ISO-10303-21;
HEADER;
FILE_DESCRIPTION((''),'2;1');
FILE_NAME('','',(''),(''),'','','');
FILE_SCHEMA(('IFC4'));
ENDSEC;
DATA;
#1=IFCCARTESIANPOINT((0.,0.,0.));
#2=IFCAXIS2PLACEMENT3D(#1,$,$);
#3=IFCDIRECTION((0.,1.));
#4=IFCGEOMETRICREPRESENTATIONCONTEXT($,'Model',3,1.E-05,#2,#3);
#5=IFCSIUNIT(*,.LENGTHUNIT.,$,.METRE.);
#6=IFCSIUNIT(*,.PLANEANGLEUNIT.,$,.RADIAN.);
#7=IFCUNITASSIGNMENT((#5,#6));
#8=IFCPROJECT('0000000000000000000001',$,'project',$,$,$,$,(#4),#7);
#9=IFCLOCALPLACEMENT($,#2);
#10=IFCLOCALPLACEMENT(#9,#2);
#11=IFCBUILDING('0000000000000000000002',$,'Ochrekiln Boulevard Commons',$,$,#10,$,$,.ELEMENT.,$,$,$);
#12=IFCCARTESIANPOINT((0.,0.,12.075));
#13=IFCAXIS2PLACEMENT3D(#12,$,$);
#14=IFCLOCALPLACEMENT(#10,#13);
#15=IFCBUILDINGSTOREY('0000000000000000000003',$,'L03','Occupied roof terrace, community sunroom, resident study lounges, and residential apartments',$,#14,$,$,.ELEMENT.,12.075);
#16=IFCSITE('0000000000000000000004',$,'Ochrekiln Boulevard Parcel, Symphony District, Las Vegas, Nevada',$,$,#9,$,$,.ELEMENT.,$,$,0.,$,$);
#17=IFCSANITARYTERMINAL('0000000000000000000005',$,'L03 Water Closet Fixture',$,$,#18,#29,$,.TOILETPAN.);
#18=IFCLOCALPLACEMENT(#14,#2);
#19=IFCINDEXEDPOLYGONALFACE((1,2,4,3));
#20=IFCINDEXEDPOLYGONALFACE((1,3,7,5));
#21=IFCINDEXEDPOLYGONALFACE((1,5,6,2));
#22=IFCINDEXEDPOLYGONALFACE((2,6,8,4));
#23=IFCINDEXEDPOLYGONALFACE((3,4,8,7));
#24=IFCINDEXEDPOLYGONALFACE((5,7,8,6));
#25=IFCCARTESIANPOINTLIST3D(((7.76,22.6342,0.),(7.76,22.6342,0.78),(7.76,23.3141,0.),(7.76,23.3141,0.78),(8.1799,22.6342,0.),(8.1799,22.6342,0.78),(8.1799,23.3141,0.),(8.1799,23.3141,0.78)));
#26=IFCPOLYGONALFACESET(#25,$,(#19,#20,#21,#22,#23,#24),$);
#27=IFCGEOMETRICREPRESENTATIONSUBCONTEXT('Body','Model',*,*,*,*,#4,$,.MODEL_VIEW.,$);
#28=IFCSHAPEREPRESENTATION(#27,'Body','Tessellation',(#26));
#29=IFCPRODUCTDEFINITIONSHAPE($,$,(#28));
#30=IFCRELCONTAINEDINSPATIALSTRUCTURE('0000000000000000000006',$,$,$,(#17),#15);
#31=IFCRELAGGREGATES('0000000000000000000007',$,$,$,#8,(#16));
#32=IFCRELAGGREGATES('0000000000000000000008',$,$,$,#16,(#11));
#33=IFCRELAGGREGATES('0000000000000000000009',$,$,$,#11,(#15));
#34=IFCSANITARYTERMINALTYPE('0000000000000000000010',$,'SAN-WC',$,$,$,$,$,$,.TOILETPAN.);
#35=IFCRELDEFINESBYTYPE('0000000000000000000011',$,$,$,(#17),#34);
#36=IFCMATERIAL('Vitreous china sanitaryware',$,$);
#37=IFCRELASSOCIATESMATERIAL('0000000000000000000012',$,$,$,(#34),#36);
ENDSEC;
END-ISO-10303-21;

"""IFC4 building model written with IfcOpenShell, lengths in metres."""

from ifc_helpers import new_model, si_unit, direction, frame, origin, origin_2d, place, context, subcontext, project, spatial, rectangle, extrude, material, type_object, element, save


model = new_model("IFC4")

# Units and contexts
model_context = context("Model", 3, precision=1e-05, world=origin(), true_north=direction((0.0, 1.0)))
body_context = subcontext(model_context, "Body", "Model", "MODEL_VIEW")
ifc_project = project(units=[si_unit("LENGTHUNIT", "METRE"), si_unit("PLANEANGLEUNIT", "RADIAN")], contexts=[model_context])

# Site, building, storey
site_placement = place(None, origin())
site = spatial("IfcSite", under=ifc_project, at=site_placement, Name="Ochrekiln Boulevard Parcel, Symphony District, Las Vegas, Nevada", CompositionType="ELEMENT", RefElevation=0.0)
building_placement = place(site_placement, origin())
building = spatial("IfcBuilding", under=site, at=building_placement, Name="Ochrekiln Boulevard Commons", CompositionType="ELEMENT")
storey_placement = place(building_placement, frame((0.0, 0.0, 12.075)))
storey = spatial("IfcBuildingStorey", under=building, at=storey_placement, Name="L03", Description="Occupied roof terrace, community sunroom, resident study lounges, and residential apartments", CompositionType="ELEMENT", Elevation=12.075)

# Sanitary terminal
ifc_material_1 = material(Name="Vitreous china sanitaryware")
sanitary_terminal_type_1 = type_object("IfcSanitaryTerminalType", Name="SAN-WC", PredefinedType="TOILETPAN", material=ifc_material_1)
sanitary_terminal_1_placement = place(storey_placement, frame((7.97, 22.9741, 0.0), z_axis=(0.0, 0.0, 1.0), x_axis=(1.0, 0.0, 0.0)))
element("IfcSanitaryTerminal", 1, at=sanitary_terminal_1_placement, inside=storey, type_object=sanitary_terminal_type_1, Name="L03 Water Closet Fixture", PredefinedType="TOILETPAN", context=body_context, shape_type="SweptSolid", body=[
    extrude(rectangle(XDim=0.4199, YDim=0.6799, at=origin_2d()), origin(), (0.0, 0.0, 1.0), 0.78),
])

save(model, "model.ifc")
